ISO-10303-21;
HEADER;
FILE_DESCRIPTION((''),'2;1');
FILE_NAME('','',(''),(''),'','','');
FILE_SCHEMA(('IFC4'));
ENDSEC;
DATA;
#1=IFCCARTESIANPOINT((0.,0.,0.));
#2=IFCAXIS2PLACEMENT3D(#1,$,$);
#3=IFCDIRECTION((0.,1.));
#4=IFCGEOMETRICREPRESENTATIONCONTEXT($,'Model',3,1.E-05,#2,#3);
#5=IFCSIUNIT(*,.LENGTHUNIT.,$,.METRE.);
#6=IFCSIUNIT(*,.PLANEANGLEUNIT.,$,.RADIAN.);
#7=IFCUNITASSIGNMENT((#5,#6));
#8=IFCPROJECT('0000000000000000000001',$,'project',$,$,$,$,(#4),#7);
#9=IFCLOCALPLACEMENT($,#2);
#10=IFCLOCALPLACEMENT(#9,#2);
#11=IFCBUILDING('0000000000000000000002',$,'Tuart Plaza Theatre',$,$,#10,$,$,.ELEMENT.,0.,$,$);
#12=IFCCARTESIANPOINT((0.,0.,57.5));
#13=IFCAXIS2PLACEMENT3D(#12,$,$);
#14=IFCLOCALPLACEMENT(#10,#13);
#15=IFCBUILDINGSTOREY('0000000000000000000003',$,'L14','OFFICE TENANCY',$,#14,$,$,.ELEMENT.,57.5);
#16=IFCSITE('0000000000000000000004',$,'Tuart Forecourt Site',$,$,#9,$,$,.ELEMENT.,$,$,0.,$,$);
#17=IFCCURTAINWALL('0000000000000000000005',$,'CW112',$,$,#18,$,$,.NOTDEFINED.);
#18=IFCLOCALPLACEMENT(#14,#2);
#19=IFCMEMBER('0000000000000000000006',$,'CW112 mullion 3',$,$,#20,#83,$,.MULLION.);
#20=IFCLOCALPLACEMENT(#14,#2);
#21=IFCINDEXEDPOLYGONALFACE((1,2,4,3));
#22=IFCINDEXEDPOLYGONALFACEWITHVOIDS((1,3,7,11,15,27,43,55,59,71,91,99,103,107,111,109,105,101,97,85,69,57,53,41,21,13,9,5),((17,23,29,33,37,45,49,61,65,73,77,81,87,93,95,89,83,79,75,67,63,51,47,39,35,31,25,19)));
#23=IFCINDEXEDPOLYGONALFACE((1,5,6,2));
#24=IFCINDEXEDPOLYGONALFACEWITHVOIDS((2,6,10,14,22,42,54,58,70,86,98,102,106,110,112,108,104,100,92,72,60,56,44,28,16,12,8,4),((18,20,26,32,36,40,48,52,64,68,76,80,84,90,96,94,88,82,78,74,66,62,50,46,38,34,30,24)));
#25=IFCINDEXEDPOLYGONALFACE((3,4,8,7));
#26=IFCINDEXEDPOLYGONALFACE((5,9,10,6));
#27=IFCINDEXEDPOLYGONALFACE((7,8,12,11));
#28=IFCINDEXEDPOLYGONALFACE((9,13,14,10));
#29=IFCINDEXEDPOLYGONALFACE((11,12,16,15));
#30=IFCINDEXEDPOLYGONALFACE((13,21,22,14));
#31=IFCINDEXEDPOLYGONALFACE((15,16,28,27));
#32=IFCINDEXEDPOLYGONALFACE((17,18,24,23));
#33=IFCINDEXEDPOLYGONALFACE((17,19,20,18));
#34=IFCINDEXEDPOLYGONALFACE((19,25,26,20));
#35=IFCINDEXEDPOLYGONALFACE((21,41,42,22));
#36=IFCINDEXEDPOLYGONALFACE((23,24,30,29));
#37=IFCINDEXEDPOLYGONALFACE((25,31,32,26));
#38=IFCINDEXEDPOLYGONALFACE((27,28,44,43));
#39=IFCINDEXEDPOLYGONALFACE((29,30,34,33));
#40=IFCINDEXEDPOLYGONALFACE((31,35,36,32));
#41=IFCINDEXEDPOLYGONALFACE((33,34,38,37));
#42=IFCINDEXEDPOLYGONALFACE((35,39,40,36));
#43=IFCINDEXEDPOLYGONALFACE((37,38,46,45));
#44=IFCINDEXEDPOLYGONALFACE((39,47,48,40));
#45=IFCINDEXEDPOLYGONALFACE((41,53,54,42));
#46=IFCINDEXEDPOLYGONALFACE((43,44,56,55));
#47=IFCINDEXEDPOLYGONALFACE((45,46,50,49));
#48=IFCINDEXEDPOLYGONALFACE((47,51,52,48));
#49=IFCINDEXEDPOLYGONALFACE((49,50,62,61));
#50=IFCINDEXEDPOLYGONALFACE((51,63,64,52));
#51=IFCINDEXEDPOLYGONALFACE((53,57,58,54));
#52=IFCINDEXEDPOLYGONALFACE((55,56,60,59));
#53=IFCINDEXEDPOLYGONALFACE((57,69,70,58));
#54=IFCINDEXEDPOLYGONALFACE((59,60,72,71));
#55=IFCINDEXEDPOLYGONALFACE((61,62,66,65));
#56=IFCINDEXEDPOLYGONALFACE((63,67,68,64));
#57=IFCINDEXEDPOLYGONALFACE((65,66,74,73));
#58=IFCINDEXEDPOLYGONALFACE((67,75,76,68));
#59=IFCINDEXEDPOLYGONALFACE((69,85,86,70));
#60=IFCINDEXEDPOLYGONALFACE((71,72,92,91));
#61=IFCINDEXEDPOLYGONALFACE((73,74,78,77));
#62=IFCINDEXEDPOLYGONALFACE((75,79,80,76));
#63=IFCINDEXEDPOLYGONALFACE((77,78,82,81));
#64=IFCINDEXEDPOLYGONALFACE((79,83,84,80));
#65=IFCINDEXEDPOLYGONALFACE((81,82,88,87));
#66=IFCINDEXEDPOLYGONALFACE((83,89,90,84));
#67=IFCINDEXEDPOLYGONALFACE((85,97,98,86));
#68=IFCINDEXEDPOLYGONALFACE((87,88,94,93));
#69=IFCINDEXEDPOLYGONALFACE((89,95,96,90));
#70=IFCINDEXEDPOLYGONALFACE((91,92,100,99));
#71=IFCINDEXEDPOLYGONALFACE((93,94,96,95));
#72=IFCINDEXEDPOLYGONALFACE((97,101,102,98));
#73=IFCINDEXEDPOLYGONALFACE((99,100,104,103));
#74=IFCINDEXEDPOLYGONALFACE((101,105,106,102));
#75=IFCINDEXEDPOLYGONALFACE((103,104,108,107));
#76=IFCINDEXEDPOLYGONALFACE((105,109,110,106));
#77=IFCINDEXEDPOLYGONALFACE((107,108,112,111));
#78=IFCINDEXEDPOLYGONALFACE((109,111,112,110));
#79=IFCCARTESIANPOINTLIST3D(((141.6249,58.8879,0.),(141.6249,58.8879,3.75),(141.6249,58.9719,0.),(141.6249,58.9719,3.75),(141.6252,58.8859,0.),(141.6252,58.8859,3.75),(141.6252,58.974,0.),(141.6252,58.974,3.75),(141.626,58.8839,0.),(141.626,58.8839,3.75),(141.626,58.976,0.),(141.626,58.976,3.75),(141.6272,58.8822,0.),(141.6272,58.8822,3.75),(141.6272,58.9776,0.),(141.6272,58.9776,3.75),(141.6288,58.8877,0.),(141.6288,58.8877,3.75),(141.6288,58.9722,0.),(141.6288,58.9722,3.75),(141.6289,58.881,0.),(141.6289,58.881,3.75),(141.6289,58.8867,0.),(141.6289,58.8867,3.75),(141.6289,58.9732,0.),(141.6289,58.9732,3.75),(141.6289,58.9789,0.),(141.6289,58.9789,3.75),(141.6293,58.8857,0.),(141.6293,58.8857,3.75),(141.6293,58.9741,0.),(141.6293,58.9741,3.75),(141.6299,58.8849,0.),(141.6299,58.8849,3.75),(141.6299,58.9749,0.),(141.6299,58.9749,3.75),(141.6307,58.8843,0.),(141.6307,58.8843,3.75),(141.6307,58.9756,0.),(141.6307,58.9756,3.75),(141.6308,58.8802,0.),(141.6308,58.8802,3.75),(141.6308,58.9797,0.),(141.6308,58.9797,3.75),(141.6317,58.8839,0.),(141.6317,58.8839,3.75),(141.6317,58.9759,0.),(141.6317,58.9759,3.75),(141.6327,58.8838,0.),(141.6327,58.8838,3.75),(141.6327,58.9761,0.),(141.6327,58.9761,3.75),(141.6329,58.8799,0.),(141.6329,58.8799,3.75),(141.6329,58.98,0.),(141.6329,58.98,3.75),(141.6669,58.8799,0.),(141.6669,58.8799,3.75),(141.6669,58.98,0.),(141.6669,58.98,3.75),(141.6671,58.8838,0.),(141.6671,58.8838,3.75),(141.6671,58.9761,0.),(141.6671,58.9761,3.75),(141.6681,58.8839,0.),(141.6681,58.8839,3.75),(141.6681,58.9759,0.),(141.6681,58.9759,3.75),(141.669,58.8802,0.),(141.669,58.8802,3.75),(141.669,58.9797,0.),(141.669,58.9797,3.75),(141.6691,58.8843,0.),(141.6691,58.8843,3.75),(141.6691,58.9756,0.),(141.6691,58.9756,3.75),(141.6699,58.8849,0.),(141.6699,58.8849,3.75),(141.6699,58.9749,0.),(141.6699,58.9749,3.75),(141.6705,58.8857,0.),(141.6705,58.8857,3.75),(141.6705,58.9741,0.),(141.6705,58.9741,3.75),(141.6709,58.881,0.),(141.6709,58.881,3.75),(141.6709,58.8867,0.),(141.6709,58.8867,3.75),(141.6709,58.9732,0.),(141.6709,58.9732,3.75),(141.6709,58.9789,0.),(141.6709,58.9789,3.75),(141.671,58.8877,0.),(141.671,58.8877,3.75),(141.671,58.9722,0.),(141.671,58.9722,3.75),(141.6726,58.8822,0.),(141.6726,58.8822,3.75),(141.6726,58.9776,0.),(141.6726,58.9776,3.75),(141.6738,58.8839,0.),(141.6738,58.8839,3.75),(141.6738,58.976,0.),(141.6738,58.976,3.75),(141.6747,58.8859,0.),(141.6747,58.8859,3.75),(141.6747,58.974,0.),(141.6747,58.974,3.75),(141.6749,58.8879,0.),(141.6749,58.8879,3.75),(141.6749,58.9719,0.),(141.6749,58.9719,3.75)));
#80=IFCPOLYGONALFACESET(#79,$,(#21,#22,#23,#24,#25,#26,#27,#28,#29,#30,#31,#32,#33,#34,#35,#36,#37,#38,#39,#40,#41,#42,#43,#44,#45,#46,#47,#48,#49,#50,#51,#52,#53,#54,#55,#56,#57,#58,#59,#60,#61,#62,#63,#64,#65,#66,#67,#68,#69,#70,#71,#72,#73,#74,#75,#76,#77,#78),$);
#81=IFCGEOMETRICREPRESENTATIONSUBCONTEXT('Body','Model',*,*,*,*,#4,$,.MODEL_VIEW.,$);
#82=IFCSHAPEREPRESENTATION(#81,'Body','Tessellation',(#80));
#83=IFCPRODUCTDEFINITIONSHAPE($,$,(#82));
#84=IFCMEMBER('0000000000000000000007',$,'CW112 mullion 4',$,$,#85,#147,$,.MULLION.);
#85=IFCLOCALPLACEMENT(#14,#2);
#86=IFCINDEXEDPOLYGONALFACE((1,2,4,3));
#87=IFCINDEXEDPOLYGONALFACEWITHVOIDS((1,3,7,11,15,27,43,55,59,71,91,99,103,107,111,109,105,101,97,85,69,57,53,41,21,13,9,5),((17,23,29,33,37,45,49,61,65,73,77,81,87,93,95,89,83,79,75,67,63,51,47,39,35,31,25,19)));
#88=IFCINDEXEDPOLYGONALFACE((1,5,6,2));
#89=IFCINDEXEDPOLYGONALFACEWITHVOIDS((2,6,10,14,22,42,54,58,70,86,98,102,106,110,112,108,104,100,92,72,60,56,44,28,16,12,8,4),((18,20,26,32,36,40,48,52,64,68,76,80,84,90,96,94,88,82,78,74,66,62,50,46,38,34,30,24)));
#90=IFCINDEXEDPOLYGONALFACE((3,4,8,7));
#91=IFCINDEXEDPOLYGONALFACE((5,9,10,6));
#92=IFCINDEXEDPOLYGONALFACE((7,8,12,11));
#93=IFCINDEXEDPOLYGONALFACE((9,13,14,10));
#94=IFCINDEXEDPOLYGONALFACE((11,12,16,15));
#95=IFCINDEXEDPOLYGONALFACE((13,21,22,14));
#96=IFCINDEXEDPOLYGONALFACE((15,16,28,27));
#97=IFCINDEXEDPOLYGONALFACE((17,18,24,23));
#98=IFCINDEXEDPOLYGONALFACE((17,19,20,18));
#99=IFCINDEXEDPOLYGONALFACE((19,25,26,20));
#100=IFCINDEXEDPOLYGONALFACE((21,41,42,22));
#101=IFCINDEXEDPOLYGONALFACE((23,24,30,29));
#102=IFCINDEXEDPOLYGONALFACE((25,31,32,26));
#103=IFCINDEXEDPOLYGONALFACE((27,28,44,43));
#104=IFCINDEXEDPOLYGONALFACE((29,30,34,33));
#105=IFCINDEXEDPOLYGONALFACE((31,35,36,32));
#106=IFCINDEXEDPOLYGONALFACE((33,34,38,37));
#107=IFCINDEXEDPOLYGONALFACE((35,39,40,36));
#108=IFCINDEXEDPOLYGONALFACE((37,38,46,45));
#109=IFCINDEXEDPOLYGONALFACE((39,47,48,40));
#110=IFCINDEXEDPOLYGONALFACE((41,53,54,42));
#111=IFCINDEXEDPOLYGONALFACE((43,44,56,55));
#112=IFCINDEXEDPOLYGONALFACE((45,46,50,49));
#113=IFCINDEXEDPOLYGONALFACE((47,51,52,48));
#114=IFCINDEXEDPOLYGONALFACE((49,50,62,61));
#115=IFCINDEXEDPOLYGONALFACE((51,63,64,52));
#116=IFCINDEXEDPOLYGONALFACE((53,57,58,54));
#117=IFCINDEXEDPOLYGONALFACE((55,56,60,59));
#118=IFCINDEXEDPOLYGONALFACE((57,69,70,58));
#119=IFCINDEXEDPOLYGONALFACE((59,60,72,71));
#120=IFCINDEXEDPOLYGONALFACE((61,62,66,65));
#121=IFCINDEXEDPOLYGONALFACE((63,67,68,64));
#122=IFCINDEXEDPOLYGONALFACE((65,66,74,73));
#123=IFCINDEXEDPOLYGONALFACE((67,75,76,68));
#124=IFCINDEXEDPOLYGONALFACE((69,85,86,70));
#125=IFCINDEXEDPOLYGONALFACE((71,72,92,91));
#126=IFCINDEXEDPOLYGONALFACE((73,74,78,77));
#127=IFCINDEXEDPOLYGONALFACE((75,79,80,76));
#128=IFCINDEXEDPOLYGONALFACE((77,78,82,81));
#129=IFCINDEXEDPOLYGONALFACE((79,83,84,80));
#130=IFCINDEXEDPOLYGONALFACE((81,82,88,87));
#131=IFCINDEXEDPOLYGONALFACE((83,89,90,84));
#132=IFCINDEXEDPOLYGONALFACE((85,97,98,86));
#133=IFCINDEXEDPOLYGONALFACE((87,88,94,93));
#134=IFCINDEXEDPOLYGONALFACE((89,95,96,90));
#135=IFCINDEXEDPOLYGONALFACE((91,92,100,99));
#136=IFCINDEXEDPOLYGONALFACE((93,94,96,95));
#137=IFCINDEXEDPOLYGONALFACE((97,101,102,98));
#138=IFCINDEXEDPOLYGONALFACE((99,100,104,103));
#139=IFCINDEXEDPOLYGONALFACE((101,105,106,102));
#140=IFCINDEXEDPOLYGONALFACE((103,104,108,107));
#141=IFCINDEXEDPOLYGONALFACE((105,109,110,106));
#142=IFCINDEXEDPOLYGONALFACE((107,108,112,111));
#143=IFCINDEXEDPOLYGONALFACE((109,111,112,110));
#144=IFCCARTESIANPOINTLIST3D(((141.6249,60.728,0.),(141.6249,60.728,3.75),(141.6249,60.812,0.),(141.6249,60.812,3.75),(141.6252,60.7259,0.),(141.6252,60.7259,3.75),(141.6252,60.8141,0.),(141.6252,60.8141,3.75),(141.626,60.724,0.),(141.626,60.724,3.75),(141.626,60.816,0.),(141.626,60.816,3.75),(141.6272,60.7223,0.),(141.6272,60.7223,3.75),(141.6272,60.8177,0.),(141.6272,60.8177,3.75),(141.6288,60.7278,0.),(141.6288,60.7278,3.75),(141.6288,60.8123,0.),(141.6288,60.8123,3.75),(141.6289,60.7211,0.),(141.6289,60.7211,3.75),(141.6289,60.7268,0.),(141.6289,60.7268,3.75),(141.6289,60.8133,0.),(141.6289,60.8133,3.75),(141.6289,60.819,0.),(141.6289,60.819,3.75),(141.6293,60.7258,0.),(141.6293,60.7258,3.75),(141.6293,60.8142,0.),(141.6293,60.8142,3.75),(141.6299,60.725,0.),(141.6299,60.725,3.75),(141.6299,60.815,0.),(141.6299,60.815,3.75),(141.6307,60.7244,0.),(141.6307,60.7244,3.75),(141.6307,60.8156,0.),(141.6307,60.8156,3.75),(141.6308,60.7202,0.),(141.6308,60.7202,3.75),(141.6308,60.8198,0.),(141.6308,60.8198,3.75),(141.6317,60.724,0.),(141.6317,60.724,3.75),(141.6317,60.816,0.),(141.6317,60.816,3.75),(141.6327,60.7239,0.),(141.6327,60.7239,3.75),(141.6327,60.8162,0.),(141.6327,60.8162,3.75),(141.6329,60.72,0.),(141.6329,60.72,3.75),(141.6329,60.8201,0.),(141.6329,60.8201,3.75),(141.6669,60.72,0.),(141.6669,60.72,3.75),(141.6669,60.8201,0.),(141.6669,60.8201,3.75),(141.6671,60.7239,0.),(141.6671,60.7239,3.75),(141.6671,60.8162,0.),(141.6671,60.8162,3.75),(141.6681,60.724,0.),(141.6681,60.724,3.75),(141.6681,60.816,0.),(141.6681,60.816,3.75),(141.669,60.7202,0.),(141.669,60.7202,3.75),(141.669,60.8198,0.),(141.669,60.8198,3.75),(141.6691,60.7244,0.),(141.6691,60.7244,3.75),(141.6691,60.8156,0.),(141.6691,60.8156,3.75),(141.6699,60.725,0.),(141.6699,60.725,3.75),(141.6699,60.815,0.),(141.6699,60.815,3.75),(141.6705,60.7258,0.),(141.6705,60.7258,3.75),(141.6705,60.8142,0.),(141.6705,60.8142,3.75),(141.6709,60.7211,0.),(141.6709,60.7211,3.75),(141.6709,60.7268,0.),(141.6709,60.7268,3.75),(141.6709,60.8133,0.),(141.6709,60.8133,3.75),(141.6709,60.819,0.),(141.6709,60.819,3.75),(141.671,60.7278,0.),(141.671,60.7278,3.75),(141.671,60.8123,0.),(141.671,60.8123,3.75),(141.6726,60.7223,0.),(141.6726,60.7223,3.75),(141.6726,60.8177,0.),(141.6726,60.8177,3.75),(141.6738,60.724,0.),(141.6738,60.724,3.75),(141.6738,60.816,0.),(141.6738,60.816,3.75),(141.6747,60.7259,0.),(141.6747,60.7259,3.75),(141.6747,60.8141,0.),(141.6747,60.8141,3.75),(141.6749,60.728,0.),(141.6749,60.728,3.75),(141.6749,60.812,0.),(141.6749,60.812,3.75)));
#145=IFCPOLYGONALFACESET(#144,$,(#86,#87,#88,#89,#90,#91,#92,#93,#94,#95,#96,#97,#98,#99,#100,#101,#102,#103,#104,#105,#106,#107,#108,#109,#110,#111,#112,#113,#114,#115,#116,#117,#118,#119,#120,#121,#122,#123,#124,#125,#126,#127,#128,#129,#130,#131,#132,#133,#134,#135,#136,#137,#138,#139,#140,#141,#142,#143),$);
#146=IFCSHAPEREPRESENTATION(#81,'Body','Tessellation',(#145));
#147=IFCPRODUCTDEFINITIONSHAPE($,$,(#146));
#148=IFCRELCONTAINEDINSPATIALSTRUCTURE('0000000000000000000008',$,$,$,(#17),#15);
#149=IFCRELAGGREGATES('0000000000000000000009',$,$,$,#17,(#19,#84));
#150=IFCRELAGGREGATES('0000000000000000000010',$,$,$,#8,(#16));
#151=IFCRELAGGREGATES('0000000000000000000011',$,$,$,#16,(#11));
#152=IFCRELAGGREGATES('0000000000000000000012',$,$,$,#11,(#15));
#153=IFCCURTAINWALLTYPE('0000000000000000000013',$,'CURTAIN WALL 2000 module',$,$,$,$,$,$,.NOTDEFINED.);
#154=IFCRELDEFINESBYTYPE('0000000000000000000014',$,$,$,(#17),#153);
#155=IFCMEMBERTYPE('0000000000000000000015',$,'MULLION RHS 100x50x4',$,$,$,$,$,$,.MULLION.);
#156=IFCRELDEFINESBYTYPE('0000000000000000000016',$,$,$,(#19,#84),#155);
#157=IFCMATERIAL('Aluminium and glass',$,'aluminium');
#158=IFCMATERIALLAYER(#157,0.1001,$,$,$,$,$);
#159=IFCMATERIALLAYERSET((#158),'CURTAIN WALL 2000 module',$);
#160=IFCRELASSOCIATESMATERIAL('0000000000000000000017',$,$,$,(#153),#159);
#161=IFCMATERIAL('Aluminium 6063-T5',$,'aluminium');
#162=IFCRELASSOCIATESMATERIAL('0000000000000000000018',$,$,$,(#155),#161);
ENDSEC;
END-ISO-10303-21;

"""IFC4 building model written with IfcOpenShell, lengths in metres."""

from ifc_helpers import new_model, si_unit, direction, frame, origin, origin_2d, place, context, subcontext, project, spatial, hollow_rectangle, extrude, material, layer, layer_set, material_profile, profile_set, type_object, element, aggregate, save


model = new_model("IFC4")

# Units and contexts
model_context = context("Model", 3, precision=1e-05, world=origin(), true_north=direction((0.0, 1.0)))
body_context = subcontext(model_context, "Body", "Model", "MODEL_VIEW")
ifc_project = project(units=[si_unit("LENGTHUNIT", "METRE"), si_unit("PLANEANGLEUNIT", "RADIAN")], contexts=[model_context])

# Site, building, storey
site_placement = place(None, origin())
site = spatial("IfcSite", under=ifc_project, at=site_placement, Name="Tuart Forecourt Site", CompositionType="ELEMENT", RefElevation=0.0)
building_placement = place(site_placement, origin())
building = spatial("IfcBuilding", under=site, at=building_placement, Name="Tuart Plaza Theatre", CompositionType="ELEMENT", ElevationOfRefHeight=0.0)
storey_placement = place(building_placement, frame((0.0, 0.0, 57.5)))
storey = spatial("IfcBuildingStorey", under=building, at=storey_placement, Name="L14", Description="OFFICE TENANCY", CompositionType="ELEMENT", Elevation=57.5)

# Curtain wall, members
ifc_material_1 = material(Name="Aluminium and glass", Category="aluminium")
ifc_layer_1 = layer(ifc_material_1, 0.1001)
ifc_layer_set_1 = layer_set([ifc_layer_1], Name="CURTAIN WALL 2000 module")
curtain_wall_type = type_object("IfcCurtainWallType", Name="CURTAIN WALL 2000 module", PredefinedType="NOTDEFINED", material=ifc_layer_set_1)
curtain_wall_placement = place(storey_placement, origin())
curtain_wall = element("IfcCurtainWall", 1, at=curtain_wall_placement, inside=storey, type_object=curtain_wall_type, Name="CW112", PredefinedType="NOTDEFINED")
ifc_material_2 = material(Name="Aluminium 6063-T5", Category="aluminium")
ifc_material_profile_1 = material_profile(ifc_material_2, hollow_rectangle(XDim=0.05, YDim=0.1001, WallThickness=0.0039, InnerFilletRadius=0.0039, OuterFilletRadius=0.0081, at=origin_2d()), Name="RHS 100x50x4")
ifc_profile_set_1 = profile_set([ifc_material_profile_1], Name="Aluminium 6063-T5")
member_type_1 = type_object("IfcMemberType", Name="MULLION RHS 100x50x4", PredefinedType="MULLION", material=ifc_profile_set_1)
member_1_placement = place(storey_placement, frame((141.6499, 58.9299, 0.0), z_axis=(0.0, 0.0, 1.0), x_axis=(-1.0, 0.0, 0.0)))
member_1 = element("IfcMember", 2, at=member_1_placement, type_object=member_type_1, Name="CW112 mullion 3", PredefinedType="MULLION", context=body_context, shape_type="SweptSolid", body=[
    extrude(hollow_rectangle(XDim=0.05, YDim=0.1001, WallThickness=0.0039, InnerFilletRadius=0.0039, OuterFilletRadius=0.0081, at=origin_2d()), origin(), (0.0, 0.0, 1.0), 3.75),
])
member_2_placement = place(storey_placement, frame((141.6499, 60.77, 0.0), z_axis=(0.0, 0.0, 1.0), x_axis=(-1.0, 0.0, 0.0)))
member_2 = element("IfcMember", 3, at=member_2_placement, type_object=member_type_1, Name="CW112 mullion 4", PredefinedType="MULLION", context=body_context, shape_type="SweptSolid", body=[
    extrude(hollow_rectangle(XDim=0.05, YDim=0.1001, WallThickness=0.0039, InnerFilletRadius=0.0039, OuterFilletRadius=0.0081, at=origin_2d()), origin(), (0.0, 0.0, 1.0), 3.75),
])
aggregate(curtain_wall, [member_1, member_2])

save(model, "model.ifc")
